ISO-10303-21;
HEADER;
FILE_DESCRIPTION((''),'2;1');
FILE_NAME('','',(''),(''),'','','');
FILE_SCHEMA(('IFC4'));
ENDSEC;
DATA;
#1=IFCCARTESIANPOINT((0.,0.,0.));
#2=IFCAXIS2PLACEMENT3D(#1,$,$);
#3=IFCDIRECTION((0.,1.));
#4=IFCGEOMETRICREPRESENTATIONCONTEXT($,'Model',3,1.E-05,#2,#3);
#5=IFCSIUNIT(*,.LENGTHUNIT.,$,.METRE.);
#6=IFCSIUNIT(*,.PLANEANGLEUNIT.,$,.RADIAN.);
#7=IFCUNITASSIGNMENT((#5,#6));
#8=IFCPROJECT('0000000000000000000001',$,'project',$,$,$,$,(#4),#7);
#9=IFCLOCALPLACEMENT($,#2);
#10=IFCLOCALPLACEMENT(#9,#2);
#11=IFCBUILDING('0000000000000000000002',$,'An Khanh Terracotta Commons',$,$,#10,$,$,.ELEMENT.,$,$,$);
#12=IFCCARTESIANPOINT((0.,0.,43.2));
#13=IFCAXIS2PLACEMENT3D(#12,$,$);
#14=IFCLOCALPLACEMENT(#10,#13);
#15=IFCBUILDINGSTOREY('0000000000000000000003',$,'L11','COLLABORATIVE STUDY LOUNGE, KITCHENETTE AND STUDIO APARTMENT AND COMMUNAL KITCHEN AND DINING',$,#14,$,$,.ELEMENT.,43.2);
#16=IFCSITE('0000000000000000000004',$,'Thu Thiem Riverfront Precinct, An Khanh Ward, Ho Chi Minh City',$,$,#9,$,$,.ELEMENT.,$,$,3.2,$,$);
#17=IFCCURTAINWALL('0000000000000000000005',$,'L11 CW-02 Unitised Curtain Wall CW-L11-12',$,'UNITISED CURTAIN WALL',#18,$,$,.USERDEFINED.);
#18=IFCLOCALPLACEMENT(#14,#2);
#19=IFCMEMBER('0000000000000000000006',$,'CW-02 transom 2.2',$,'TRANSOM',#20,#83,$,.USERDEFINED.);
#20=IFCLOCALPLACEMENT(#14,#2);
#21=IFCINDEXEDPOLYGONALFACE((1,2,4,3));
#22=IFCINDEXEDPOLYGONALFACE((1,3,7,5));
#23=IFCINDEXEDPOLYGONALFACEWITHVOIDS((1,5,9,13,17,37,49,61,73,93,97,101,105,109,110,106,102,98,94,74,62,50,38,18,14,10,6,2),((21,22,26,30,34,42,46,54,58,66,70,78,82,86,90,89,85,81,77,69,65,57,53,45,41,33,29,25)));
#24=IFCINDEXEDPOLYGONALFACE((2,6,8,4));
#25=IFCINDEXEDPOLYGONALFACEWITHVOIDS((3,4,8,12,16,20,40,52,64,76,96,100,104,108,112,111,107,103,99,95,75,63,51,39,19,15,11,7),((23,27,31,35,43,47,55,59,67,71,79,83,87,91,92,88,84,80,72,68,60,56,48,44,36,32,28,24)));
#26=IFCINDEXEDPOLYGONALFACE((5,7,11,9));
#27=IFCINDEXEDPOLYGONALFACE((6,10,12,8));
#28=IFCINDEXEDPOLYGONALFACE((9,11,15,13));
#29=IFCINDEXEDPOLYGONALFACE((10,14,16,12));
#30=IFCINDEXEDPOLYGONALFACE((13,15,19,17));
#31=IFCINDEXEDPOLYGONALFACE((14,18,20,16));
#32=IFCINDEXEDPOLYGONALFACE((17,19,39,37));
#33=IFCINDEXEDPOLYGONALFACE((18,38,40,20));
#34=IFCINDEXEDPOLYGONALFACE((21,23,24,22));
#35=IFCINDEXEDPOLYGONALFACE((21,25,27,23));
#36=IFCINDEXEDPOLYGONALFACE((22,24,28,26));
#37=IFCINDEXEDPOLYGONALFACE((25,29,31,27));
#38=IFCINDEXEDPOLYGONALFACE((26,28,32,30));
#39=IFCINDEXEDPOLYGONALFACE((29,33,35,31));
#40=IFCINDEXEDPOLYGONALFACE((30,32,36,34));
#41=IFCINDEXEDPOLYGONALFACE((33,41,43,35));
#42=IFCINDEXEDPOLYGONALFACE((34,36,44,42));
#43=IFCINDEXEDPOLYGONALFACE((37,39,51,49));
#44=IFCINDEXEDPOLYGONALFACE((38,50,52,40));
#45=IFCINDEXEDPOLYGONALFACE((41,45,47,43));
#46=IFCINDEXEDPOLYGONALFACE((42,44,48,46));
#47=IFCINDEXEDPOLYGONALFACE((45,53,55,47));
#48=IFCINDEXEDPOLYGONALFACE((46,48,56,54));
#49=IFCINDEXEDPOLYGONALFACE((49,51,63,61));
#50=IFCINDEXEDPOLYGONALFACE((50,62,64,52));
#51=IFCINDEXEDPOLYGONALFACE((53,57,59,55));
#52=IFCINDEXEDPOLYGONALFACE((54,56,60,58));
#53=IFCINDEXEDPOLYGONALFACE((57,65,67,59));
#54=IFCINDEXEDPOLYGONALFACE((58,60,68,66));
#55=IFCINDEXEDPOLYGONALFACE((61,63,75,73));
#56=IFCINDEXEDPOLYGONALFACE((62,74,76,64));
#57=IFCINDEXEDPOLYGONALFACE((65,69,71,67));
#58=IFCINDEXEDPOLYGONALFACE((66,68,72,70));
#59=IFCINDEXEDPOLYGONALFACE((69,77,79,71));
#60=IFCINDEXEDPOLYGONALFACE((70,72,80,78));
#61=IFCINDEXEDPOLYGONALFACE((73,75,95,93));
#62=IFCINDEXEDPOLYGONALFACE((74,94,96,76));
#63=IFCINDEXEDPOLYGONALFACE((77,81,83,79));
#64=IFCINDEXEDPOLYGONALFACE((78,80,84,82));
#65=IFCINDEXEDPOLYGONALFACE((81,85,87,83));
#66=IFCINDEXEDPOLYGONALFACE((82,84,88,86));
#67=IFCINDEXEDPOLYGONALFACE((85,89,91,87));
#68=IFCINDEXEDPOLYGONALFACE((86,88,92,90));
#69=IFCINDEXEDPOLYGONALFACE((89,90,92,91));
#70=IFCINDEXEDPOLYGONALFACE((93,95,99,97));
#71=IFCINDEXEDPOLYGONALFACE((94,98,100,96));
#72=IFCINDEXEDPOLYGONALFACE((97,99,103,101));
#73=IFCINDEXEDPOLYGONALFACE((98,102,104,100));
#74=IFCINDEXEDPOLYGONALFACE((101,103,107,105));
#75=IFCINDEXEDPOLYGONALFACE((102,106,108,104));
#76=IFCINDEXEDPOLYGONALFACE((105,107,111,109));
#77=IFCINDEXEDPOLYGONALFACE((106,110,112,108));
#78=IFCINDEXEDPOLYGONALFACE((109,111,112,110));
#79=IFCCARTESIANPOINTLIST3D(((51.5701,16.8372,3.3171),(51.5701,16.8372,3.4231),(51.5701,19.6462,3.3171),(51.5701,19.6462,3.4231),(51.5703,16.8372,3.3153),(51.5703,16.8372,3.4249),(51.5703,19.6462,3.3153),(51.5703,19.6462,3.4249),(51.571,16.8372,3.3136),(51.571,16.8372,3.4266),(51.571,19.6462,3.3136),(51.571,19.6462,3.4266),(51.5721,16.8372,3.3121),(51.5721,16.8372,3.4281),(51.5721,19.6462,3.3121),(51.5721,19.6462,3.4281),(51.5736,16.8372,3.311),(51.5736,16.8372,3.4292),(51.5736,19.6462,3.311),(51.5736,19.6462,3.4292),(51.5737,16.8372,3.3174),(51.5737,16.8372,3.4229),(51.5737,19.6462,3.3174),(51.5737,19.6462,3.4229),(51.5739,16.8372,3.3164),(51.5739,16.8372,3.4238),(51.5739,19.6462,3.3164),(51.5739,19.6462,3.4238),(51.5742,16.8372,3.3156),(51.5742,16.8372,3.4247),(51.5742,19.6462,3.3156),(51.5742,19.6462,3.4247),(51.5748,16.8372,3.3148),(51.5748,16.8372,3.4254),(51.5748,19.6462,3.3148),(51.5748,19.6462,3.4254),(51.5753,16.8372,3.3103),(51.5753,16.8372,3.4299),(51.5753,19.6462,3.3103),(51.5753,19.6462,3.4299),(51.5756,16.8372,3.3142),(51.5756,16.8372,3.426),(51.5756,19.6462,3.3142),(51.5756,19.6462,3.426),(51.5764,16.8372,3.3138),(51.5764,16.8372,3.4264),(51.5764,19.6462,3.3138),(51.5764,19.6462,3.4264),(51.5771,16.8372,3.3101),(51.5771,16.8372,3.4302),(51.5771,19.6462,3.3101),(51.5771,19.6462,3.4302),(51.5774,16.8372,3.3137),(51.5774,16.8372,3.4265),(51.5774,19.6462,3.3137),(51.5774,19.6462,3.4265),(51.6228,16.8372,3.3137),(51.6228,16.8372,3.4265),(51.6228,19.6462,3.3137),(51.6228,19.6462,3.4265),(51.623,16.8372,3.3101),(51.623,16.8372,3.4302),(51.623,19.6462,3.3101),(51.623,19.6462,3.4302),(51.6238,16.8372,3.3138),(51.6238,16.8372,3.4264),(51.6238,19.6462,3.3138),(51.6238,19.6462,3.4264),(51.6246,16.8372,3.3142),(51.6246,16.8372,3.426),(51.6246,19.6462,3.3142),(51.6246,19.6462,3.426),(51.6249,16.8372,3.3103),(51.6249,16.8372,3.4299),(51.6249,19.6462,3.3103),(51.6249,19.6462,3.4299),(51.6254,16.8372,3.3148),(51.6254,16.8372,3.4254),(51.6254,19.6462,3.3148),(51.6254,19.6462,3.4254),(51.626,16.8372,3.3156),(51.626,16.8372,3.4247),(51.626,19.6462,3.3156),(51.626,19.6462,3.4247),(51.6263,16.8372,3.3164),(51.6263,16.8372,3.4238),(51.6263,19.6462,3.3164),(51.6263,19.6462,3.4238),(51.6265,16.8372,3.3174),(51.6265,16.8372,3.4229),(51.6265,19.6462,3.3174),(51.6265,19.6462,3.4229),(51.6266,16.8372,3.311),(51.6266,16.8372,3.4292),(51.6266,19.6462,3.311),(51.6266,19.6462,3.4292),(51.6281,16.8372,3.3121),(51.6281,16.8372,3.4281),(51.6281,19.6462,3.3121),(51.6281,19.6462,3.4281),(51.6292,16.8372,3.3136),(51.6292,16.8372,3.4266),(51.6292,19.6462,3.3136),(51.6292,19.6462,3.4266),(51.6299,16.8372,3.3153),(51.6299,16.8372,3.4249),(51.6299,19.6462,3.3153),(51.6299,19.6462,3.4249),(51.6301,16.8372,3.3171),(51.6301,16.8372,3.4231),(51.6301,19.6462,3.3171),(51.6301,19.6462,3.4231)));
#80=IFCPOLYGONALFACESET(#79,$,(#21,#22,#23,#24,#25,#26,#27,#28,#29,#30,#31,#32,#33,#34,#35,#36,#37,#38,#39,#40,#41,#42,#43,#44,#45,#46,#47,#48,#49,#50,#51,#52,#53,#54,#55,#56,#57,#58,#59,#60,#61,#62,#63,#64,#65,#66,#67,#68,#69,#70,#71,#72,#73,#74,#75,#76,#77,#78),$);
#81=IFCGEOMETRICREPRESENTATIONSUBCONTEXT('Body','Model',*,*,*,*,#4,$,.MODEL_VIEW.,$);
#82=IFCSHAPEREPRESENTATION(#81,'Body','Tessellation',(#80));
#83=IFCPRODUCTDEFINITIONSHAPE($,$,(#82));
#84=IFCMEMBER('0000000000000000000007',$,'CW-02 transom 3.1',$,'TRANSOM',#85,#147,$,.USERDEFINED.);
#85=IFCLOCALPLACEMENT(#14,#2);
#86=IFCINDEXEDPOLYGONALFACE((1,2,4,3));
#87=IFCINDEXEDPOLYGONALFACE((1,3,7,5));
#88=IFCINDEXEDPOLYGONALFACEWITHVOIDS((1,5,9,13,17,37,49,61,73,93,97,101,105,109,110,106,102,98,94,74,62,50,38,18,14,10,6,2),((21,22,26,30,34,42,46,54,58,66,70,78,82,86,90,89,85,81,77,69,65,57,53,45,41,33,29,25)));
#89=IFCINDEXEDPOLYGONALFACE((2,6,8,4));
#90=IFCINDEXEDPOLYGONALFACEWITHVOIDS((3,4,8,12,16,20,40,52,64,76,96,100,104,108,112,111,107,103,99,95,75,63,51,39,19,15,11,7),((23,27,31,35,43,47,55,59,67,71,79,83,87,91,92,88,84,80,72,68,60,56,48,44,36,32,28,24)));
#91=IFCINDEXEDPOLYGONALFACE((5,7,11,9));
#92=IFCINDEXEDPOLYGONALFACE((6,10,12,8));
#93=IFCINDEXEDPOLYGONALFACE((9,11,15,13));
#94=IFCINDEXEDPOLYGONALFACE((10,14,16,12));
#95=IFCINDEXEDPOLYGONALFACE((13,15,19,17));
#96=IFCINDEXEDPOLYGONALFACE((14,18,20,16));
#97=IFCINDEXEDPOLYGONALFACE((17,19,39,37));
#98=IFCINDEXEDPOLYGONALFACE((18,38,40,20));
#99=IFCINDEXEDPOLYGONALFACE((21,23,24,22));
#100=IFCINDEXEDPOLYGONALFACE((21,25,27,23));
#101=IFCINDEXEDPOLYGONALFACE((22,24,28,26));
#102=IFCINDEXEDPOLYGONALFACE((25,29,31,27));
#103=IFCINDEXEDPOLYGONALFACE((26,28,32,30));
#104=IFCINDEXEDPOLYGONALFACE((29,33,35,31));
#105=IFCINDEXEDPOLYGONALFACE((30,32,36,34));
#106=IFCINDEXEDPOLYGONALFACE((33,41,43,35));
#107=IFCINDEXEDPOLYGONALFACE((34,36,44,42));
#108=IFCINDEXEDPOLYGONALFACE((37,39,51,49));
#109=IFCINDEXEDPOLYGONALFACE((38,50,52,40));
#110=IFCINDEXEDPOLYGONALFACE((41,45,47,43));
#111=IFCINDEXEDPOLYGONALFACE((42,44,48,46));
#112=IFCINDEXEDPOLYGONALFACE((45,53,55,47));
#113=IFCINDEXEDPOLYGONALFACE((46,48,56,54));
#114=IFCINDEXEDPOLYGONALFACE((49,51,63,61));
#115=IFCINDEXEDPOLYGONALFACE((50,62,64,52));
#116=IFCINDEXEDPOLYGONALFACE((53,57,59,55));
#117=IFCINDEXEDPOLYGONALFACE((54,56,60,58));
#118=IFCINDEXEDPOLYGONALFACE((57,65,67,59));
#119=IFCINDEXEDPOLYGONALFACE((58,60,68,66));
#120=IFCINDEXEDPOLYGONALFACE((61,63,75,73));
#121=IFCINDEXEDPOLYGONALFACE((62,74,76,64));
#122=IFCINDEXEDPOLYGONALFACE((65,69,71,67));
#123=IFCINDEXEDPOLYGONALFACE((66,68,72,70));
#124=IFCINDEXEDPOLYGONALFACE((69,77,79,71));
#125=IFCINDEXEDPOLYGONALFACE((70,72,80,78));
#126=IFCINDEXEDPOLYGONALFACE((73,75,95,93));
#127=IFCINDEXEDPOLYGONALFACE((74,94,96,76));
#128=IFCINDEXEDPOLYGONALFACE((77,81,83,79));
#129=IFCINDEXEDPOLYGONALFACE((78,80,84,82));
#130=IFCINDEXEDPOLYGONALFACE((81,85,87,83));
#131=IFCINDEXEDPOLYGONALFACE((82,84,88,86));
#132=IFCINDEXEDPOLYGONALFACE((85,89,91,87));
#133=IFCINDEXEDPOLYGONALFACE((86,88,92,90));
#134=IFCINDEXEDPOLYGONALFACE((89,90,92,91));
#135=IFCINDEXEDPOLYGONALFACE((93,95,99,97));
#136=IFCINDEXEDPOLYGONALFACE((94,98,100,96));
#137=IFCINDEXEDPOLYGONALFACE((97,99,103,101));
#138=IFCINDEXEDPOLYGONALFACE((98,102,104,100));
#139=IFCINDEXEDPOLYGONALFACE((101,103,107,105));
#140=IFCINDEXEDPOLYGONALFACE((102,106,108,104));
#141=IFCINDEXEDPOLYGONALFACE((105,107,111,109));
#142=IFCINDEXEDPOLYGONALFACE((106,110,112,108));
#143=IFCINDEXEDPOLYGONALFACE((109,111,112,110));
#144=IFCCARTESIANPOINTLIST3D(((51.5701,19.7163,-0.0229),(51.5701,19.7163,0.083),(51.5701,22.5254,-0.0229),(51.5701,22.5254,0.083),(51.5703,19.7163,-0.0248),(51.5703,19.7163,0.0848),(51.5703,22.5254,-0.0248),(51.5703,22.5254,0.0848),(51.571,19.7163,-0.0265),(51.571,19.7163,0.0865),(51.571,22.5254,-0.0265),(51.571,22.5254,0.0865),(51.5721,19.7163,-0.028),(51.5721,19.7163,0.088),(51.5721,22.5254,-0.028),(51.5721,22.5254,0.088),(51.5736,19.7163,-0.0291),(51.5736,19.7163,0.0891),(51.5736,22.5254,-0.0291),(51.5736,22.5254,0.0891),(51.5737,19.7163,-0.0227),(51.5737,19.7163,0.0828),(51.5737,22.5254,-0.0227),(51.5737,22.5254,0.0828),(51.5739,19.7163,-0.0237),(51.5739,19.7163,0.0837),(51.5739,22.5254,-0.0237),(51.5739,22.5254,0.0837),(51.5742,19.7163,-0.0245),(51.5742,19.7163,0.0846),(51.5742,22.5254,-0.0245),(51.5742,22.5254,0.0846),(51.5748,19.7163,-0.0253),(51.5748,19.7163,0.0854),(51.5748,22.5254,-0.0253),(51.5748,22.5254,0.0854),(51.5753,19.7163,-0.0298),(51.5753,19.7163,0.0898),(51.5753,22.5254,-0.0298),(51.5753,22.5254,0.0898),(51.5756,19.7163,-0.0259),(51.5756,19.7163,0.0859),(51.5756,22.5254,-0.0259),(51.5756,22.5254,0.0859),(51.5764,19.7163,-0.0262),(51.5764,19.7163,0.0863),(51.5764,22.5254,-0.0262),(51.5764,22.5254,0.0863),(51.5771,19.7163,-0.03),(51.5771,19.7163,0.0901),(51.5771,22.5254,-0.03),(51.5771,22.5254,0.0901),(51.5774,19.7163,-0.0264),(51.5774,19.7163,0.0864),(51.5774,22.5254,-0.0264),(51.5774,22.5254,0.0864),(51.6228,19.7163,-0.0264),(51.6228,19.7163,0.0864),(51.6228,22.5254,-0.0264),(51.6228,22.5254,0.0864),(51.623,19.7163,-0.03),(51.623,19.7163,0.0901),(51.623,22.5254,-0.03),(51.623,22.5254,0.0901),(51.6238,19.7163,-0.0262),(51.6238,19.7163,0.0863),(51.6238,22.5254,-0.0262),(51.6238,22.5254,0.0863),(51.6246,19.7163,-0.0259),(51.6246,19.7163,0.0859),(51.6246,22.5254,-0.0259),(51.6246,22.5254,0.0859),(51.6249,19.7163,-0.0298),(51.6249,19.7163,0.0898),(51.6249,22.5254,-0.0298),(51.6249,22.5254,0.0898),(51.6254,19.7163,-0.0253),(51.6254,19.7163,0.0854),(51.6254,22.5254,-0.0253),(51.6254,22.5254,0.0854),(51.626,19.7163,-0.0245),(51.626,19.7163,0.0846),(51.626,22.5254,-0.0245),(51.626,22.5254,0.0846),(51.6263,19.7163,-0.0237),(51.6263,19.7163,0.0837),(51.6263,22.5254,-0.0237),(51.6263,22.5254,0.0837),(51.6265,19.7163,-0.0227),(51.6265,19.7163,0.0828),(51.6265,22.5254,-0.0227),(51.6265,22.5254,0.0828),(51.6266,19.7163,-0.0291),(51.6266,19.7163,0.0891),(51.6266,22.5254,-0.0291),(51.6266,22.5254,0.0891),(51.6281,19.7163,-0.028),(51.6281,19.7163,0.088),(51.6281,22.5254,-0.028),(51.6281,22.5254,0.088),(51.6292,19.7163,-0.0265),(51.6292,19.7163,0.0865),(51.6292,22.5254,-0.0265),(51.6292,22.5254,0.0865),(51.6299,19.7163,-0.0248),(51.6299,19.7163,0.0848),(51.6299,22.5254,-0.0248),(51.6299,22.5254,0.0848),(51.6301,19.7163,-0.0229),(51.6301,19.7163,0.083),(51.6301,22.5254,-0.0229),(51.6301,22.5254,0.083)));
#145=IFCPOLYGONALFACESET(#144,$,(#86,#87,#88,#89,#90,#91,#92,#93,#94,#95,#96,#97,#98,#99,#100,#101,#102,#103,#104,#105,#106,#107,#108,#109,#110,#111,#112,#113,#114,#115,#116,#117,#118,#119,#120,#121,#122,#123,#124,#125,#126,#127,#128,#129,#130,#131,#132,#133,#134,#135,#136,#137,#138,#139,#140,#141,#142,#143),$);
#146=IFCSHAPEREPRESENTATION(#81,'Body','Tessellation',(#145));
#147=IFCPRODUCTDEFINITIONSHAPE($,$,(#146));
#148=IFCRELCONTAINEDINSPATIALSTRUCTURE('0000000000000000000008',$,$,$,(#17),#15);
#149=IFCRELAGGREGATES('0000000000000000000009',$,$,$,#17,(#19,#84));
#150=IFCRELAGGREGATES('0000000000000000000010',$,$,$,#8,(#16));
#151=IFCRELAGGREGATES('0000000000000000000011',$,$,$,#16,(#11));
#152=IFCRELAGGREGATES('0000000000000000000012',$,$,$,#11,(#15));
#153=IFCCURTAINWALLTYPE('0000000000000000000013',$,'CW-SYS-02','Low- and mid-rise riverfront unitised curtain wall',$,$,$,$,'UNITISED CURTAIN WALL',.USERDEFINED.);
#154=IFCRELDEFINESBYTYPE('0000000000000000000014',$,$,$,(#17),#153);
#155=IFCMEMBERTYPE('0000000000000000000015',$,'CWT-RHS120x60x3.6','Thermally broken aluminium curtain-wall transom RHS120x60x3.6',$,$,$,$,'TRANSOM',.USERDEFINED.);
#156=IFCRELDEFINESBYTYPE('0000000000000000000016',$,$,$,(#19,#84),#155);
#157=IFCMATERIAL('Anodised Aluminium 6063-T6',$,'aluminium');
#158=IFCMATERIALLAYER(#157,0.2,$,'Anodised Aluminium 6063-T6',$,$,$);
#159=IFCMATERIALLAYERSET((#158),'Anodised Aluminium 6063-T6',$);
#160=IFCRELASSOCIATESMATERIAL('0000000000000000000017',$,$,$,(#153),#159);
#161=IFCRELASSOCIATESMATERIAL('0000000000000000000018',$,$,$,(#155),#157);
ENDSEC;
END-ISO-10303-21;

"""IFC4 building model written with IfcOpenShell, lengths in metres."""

from ifc_helpers import new_model, si_unit, direction, frame, origin, origin_2d, place, context, subcontext, project, spatial, hollow_rectangle, extrude, material, layer, layer_set, material_profile, profile_set, type_object, element, aggregate, save


model = new_model("IFC4")

# Units and contexts
model_context = context("Model", 3, precision=1e-05, world=origin(), true_north=direction((0.0, 1.0)))
body_context = subcontext(model_context, "Body", "Model", "MODEL_VIEW")
ifc_project = project(units=[si_unit("LENGTHUNIT", "METRE"), si_unit("PLANEANGLEUNIT", "RADIAN")], contexts=[model_context])

# Site, building, storey
site_placement = place(None, origin())
site = spatial("IfcSite", under=ifc_project, at=site_placement, Name="Thu Thiem Riverfront Precinct, An Khanh Ward, Ho Chi Minh City", CompositionType="ELEMENT", RefElevation=3.2)
building_placement = place(site_placement, origin())
building = spatial("IfcBuilding", under=site, at=building_placement, Name="An Khanh Terracotta Commons", CompositionType="ELEMENT")
storey_placement = place(building_placement, frame((0.0, 0.0, 43.2)))
storey = spatial("IfcBuildingStorey", under=building, at=storey_placement, Name="L11", Description="COLLABORATIVE STUDY LOUNGE, KITCHENETTE AND STUDIO APARTMENT AND COMMUNAL KITCHEN AND DINING", CompositionType="ELEMENT", Elevation=43.2)

# Curtain wall, members
ifc_material_1 = material(Name="Anodised Aluminium 6063-T6", Category="aluminium")
ifc_layer_1 = layer(ifc_material_1, 0.2, Name="Anodised Aluminium 6063-T6")
ifc_layer_set_1 = layer_set([ifc_layer_1], Name="Anodised Aluminium 6063-T6")
curtain_wall_type = type_object("IfcCurtainWallType", Name="CW-SYS-02", Description="Low- and mid-rise riverfront unitised curtain wall", ElementType="UNITISED CURTAIN WALL", PredefinedType="USERDEFINED", material=ifc_layer_set_1)
curtain_wall_placement = place(storey_placement, origin())
curtain_wall = element("IfcCurtainWall", 1, at=curtain_wall_placement, inside=storey, type_object=curtain_wall_type, Name="L11 CW-02 Unitised Curtain Wall CW-L11-12", ObjectType="UNITISED CURTAIN WALL", PredefinedType="USERDEFINED")
ifc_material_profile_1 = material_profile(ifc_material_1, hollow_rectangle(XDim=0.0601, YDim=0.1201, WallThickness=0.0037, InnerFilletRadius=0.0037, OuterFilletRadius=0.0071, at=origin_2d()), Name="RHS120x60x3.6")
ifc_profile_set_1 = profile_set([ifc_material_profile_1], Name="Anodised Aluminium 6063-T6")
member_type_1 = type_object("IfcMemberType", Name="CWT-RHS120x60x3.6", Description="Thermally broken aluminium curtain-wall transom RHS120x60x3.6", ElementType="TRANSOM", PredefinedType="USERDEFINED", material=ifc_profile_set_1)
member_1_placement = place(storey_placement, frame((51.6001, 16.8372, 3.3701), z_axis=(0.0, 1.0, 0.0), x_axis=(-1.0, 0.0, 0.0)))
member_1 = element("IfcMember", 2, at=member_1_placement, type_object=member_type_1, Name="CW-02 transom 2.2", ObjectType="TRANSOM", PredefinedType="USERDEFINED", context=body_context, shape_type="SweptSolid", body=[
    extrude(hollow_rectangle(XDim=0.0601, YDim=0.1201, WallThickness=0.0037, InnerFilletRadius=0.0037, OuterFilletRadius=0.0071, at=origin_2d()), origin(), (0.0, 0.0, 1.0), 2.8091),
])
member_2_placement = place(storey_placement, frame((51.6001, 19.7163, 0.03), z_axis=(0.0, 1.0, 0.0), x_axis=(-1.0, 0.0, 0.0)))
member_2 = element("IfcMember", 3, at=member_2_placement, type_object=member_type_1, Name="CW-02 transom 3.1", ObjectType="TRANSOM", PredefinedType="USERDEFINED", context=body_context, shape_type="SweptSolid", body=[
    extrude(hollow_rectangle(XDim=0.0601, YDim=0.1201, WallThickness=0.0037, InnerFilletRadius=0.0037, OuterFilletRadius=0.0071, at=origin_2d()), origin(), (0.0, 0.0, 1.0), 2.8091),
])
aggregate(curtain_wall, [member_1, member_2])

save(model, "model.ifc")
